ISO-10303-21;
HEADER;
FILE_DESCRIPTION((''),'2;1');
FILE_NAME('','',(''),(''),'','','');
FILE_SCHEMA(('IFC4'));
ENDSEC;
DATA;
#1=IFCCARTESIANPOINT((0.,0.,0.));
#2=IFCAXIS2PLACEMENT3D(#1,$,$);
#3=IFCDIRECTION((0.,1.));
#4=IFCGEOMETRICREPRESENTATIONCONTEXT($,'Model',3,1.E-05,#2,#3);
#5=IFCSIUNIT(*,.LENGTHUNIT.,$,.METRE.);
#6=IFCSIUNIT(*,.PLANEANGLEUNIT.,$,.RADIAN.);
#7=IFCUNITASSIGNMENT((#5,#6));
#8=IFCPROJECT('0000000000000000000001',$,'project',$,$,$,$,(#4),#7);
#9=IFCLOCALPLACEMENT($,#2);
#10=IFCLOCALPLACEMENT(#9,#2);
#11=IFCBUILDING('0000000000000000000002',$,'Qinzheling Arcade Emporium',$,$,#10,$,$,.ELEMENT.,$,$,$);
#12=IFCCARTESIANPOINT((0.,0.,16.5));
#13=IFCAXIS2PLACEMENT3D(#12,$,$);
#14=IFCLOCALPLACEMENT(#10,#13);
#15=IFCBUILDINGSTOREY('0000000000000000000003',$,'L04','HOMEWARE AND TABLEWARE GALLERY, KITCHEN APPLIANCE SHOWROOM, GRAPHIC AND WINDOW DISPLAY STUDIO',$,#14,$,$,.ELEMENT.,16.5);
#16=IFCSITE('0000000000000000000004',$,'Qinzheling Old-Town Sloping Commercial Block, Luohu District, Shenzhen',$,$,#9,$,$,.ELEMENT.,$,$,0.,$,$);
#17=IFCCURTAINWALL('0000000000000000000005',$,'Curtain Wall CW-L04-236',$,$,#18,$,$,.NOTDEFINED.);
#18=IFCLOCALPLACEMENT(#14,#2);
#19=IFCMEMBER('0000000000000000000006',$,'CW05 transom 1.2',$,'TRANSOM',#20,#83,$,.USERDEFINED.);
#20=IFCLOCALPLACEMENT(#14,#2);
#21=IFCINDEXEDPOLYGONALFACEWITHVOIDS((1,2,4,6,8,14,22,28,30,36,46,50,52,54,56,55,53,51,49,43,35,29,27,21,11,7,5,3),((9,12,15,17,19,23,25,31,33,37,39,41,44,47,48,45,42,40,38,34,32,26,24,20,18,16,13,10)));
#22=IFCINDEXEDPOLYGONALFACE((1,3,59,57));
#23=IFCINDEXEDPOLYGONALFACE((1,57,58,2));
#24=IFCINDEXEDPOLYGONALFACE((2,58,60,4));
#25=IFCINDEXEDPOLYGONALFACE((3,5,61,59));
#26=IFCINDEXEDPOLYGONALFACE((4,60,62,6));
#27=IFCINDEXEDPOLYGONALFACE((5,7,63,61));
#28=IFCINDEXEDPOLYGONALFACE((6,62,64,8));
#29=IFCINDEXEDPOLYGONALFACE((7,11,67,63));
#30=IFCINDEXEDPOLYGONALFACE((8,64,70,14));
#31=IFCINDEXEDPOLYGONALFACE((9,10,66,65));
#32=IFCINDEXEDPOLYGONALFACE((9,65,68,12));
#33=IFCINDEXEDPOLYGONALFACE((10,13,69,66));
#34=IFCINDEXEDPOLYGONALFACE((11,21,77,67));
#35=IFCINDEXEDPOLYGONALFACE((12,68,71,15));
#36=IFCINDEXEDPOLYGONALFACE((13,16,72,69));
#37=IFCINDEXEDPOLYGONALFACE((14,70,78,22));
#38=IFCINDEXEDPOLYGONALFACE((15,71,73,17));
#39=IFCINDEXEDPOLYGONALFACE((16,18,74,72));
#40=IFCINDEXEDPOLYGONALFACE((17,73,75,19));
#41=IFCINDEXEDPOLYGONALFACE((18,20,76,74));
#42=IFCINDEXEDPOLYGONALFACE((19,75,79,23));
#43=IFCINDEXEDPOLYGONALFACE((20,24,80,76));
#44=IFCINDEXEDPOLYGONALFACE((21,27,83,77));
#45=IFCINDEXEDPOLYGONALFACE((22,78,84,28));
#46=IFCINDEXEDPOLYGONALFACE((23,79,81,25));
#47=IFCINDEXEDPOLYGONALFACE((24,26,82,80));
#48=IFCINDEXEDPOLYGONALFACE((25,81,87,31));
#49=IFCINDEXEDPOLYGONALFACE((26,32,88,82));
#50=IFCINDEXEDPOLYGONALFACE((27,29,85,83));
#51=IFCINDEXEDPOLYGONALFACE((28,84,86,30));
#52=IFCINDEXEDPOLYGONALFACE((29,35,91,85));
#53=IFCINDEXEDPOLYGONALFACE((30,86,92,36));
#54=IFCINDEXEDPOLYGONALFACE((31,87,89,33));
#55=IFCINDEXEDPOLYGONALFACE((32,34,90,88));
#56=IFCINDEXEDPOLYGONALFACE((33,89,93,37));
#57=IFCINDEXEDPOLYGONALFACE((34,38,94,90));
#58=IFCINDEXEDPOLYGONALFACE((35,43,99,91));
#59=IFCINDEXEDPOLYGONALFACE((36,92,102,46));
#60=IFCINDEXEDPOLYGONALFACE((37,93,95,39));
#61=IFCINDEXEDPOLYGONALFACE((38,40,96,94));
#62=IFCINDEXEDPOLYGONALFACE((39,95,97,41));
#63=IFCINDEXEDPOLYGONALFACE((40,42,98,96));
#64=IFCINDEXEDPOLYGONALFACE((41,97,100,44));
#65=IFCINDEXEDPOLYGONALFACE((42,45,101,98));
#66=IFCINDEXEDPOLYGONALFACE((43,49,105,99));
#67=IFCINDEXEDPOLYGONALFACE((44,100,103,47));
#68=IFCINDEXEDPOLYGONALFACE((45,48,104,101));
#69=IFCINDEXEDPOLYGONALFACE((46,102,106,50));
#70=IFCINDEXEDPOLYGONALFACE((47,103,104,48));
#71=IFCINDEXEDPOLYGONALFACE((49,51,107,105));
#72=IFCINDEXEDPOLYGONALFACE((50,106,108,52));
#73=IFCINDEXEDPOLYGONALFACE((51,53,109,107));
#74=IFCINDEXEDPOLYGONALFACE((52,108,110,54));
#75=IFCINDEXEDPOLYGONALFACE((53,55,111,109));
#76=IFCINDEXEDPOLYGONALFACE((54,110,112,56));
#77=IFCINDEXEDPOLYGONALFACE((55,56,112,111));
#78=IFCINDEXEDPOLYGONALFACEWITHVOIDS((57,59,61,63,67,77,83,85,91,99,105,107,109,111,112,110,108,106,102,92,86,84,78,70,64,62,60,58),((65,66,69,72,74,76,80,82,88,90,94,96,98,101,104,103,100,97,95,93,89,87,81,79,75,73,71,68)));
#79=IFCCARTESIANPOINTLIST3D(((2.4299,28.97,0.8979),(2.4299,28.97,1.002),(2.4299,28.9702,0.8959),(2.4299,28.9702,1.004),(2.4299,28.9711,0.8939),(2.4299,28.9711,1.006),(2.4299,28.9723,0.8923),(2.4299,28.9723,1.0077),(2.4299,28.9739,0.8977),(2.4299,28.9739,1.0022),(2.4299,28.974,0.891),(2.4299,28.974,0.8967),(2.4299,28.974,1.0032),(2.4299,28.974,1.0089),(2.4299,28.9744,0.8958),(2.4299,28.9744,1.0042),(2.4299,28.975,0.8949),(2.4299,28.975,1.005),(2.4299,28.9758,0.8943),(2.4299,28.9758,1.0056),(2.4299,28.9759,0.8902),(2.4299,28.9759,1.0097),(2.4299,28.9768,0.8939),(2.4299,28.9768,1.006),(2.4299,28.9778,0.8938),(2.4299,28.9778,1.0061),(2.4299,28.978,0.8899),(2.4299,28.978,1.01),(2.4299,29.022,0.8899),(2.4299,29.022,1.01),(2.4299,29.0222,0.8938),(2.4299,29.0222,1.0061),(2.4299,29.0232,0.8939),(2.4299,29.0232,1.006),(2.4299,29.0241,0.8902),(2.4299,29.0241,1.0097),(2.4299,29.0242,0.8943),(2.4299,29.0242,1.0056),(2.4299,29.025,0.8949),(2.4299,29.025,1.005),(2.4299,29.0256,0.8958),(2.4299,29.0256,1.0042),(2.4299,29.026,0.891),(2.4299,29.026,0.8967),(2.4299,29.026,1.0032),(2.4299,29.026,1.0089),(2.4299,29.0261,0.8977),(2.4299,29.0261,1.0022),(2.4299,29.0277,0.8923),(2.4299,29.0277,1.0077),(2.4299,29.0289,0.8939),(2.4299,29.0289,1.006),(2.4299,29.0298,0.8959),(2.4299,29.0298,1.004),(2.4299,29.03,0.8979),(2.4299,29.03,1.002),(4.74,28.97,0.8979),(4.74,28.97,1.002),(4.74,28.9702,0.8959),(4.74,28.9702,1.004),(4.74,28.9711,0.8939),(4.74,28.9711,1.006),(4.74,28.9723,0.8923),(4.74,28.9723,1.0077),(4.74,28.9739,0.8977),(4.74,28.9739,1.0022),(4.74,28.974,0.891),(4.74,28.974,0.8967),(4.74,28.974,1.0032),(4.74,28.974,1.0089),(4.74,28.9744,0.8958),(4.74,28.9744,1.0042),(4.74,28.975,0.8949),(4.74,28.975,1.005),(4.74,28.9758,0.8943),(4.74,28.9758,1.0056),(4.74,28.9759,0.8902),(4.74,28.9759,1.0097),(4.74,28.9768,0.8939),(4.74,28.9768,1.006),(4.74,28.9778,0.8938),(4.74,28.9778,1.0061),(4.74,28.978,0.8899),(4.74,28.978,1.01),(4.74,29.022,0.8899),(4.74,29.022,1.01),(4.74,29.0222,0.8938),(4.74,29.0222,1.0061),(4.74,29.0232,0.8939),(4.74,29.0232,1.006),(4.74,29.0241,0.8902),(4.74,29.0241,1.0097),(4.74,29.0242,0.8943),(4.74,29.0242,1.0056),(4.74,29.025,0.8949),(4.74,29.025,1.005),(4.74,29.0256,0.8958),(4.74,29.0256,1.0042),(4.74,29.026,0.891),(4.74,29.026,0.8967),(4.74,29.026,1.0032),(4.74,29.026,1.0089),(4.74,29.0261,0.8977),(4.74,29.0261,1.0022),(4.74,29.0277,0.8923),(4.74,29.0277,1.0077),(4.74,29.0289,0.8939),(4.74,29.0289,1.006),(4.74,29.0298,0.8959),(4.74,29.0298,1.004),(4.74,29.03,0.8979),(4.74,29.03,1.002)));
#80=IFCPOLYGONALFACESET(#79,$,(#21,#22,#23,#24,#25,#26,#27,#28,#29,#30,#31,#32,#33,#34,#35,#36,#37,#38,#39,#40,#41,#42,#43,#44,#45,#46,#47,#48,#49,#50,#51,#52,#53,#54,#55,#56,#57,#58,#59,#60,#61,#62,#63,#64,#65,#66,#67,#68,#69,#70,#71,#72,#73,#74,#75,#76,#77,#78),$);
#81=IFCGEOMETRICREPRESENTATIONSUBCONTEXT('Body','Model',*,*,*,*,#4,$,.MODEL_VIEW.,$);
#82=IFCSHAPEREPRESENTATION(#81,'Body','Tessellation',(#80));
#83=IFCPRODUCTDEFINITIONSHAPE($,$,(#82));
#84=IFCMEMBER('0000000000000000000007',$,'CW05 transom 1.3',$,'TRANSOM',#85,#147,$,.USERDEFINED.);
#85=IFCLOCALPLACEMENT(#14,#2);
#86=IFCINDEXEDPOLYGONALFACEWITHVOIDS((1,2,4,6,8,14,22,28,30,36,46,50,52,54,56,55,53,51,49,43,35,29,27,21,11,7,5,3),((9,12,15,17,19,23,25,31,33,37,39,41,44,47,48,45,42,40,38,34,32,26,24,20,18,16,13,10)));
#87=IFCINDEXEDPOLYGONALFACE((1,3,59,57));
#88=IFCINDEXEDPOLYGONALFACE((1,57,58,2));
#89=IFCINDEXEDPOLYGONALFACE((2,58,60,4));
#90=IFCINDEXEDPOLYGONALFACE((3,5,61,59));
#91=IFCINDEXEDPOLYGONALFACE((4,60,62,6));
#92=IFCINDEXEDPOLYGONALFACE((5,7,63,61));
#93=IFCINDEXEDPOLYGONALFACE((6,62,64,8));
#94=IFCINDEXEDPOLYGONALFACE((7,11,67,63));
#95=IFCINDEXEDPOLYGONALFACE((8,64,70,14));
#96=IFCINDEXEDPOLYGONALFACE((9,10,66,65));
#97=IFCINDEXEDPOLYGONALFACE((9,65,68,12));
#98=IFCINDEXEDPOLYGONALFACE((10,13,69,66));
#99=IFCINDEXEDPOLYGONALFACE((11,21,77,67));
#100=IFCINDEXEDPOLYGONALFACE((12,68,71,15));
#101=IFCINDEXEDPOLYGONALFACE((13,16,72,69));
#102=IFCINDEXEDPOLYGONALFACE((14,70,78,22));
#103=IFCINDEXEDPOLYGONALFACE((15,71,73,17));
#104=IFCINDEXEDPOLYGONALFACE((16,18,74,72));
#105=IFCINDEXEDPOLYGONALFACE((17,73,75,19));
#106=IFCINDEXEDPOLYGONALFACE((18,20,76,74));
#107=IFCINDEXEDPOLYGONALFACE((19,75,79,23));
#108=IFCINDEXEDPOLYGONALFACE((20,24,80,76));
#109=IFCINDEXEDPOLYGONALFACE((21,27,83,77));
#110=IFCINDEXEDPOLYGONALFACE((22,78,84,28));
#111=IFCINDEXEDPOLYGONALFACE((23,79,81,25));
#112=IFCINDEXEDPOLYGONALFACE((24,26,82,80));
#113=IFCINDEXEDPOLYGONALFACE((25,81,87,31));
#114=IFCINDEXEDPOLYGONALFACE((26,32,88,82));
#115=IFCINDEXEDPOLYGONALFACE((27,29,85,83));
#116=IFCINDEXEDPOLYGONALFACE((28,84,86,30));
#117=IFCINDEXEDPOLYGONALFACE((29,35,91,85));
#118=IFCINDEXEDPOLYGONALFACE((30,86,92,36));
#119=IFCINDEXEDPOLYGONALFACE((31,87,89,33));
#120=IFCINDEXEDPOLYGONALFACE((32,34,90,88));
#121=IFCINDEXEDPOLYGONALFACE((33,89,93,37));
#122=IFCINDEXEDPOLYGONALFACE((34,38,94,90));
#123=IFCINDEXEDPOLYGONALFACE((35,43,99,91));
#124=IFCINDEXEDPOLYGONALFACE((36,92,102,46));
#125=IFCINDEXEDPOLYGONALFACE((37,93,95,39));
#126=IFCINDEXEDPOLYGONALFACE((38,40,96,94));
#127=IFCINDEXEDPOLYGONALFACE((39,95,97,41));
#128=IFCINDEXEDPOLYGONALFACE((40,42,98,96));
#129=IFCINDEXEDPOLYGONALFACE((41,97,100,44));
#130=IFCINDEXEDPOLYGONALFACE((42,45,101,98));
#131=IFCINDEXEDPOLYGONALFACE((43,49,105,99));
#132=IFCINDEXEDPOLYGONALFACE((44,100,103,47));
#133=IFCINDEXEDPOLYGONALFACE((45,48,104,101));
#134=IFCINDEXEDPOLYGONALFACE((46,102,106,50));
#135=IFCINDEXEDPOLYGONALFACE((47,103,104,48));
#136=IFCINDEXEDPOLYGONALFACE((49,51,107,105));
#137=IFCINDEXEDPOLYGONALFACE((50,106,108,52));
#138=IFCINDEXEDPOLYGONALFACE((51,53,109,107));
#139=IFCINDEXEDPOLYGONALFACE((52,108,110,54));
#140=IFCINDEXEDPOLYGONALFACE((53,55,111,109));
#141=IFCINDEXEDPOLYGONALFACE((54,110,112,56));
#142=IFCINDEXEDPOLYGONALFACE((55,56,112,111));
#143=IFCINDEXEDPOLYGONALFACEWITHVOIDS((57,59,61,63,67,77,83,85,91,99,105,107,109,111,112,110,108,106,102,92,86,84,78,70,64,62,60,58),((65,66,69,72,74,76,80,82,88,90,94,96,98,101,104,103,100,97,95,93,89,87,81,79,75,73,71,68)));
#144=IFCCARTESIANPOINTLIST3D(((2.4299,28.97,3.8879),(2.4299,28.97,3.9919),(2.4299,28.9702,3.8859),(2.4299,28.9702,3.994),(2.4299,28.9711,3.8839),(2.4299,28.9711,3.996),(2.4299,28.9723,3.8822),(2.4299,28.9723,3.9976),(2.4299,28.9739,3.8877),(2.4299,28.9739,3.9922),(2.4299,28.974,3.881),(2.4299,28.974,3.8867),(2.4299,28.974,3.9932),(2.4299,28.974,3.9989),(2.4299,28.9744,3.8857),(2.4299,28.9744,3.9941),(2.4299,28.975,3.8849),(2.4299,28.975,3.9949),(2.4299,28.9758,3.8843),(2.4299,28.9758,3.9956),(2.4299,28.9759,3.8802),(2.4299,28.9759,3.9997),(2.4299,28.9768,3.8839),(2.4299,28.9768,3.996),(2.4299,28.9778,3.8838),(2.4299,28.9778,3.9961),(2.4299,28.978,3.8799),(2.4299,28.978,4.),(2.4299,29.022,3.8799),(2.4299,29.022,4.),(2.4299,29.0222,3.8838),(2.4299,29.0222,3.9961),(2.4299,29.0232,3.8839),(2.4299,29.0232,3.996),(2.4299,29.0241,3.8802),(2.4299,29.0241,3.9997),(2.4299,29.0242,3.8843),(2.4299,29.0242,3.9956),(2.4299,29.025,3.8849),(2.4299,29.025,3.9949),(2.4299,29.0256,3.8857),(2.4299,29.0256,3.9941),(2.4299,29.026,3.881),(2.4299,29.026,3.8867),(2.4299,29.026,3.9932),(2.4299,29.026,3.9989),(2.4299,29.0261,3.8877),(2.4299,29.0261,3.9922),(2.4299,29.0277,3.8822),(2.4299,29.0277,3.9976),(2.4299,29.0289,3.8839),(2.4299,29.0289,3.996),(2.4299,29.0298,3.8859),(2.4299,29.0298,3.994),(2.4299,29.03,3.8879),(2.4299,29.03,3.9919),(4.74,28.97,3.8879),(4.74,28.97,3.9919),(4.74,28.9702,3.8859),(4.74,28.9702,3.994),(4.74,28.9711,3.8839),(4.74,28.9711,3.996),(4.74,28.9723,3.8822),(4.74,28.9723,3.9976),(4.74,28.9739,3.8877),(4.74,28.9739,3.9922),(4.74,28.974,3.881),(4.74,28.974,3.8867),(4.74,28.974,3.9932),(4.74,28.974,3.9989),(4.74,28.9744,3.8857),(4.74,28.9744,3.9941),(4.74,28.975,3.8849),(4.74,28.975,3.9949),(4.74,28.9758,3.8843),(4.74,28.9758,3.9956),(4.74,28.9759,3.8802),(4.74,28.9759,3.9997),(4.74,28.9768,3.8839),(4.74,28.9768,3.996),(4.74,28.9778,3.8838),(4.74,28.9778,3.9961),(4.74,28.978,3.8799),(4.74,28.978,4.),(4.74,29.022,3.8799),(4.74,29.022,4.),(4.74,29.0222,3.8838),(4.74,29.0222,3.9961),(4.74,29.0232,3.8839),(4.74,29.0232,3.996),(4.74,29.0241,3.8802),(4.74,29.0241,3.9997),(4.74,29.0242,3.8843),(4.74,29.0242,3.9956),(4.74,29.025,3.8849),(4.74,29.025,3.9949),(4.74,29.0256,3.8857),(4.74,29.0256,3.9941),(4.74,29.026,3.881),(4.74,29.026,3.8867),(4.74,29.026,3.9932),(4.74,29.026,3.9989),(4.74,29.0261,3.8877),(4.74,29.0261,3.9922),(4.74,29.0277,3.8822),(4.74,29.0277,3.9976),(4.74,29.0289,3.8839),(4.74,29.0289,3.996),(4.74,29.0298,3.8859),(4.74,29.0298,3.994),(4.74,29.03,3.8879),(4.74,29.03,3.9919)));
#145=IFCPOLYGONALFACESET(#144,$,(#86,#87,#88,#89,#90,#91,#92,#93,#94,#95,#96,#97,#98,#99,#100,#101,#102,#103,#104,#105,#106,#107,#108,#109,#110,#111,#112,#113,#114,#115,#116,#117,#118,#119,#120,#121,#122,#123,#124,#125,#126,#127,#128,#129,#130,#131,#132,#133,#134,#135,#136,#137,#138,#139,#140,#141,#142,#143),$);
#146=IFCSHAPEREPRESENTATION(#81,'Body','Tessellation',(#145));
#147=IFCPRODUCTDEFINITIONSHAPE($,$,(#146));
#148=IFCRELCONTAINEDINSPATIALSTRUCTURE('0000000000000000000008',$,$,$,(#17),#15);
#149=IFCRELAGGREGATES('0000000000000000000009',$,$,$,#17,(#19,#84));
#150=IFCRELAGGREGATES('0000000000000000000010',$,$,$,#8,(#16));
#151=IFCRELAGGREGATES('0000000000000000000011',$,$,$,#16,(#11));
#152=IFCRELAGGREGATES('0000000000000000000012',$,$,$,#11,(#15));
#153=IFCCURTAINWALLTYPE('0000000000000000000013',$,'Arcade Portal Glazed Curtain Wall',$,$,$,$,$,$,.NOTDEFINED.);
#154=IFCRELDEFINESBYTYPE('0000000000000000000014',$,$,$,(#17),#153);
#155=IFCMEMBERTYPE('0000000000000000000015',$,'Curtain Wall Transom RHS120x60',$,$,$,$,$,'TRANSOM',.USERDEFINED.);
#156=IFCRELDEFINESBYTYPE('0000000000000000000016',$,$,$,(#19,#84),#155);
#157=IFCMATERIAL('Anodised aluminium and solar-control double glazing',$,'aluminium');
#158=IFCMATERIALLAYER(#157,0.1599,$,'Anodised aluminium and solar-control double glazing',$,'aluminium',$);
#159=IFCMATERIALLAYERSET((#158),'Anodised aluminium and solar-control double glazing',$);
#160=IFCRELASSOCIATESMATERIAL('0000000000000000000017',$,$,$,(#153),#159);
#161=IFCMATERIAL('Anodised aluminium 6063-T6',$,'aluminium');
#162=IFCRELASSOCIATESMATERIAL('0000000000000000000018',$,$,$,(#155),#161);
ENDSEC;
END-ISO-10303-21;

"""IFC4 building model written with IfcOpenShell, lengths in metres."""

from ifc_helpers import new_model, si_unit, direction, frame, origin, origin_2d, place, context, subcontext, project, spatial, hollow_rectangle, extrude, material, layer, layer_set, material_profile, profile_set, type_object, element, aggregate, save


model = new_model("IFC4")

# Units and contexts
model_context = context("Model", 3, precision=1e-05, world=origin(), true_north=direction((0.0, 1.0)))
body_context = subcontext(model_context, "Body", "Model", "MODEL_VIEW")
ifc_project = project(units=[si_unit("LENGTHUNIT", "METRE"), si_unit("PLANEANGLEUNIT", "RADIAN")], contexts=[model_context])

# Site, building, storey
site_placement = place(None, origin())
site = spatial("IfcSite", under=ifc_project, at=site_placement, Name="Qinzheling Old-Town Sloping Commercial Block, Luohu District, Shenzhen", CompositionType="ELEMENT", RefElevation=0.0)
building_placement = place(site_placement, origin())
building = spatial("IfcBuilding", under=site, at=building_placement, Name="Qinzheling Arcade Emporium", CompositionType="ELEMENT")
storey_placement = place(building_placement, frame((0.0, 0.0, 16.5)))
storey = spatial("IfcBuildingStorey", under=building, at=storey_placement, Name="L04", Description="HOMEWARE AND TABLEWARE GALLERY, KITCHEN APPLIANCE SHOWROOM, GRAPHIC AND WINDOW DISPLAY STUDIO", CompositionType="ELEMENT", Elevation=16.5)

# Shared definitions
ifc_material_1 = material(Name="Anodised aluminium and solar-control double glazing", Category="aluminium")
ifc_layer_1 = layer(ifc_material_1, 0.1599, Name="Anodised aluminium and solar-control double glazing", Category="aluminium")
ifc_layer_set_1 = layer_set([ifc_layer_1], Name="Anodised aluminium and solar-control double glazing")
curtain_wall_type = type_object("IfcCurtainWallType", Name="Arcade Portal Glazed Curtain Wall", PredefinedType="NOTDEFINED", material=ifc_layer_set_1)
ifc_material_2 = material(Name="Anodised aluminium 6063-T6", Category="aluminium")

# Curtain wall
curtain_wall_1_placement = place(storey_placement, origin())
curtain_wall_1 = element("IfcCurtainWall", 1, at=curtain_wall_1_placement, inside=storey, type_object=curtain_wall_type, Name="Curtain Wall CW-L04-236", PredefinedType="NOTDEFINED")

# Members
ifc_material_profile_1 = material_profile(ifc_material_2, hollow_rectangle(XDim=0.0601, YDim=0.1201, WallThickness=0.0039, InnerFilletRadius=0.0039, OuterFilletRadius=0.0081, at=origin_2d()), Name="RHS 120x60x4", Category="aluminium")
ifc_profile_set_1 = profile_set([ifc_material_profile_1], Name="Anodised aluminium 6063-T6")
member_type_1 = type_object("IfcMemberType", Name="Curtain Wall Transom RHS120x60", ElementType="TRANSOM", PredefinedType="USERDEFINED", material=ifc_profile_set_1)
member_1_placement = place(storey_placement, frame((4.74, 29.0, 0.95), z_axis=(-1.0, 0.0, 0.0), x_axis=(0.0, -1.0, 0.0)))
member_1 = element("IfcMember", 2, at=member_1_placement, type_object=member_type_1, Name="CW05 transom 1.2", ObjectType="TRANSOM", PredefinedType="USERDEFINED", context=body_context, shape_type="SweptSolid", body=[
    extrude(hollow_rectangle(XDim=0.0601, YDim=0.1201, WallThickness=0.0039, InnerFilletRadius=0.0039, OuterFilletRadius=0.0081, at=origin_2d()), origin(), (0.0, 0.0, 1.0), 2.3101),
])
member_2_placement = place(storey_placement, frame((4.74, 29.0, 3.9399), z_axis=(-1.0, 0.0, 0.0), x_axis=(0.0, -1.0, 0.0)))
member_2 = element("IfcMember", 3, at=member_2_placement, type_object=member_type_1, Name="CW05 transom 1.3", ObjectType="TRANSOM", PredefinedType="USERDEFINED", context=body_context, shape_type="SweptSolid", body=[
    extrude(hollow_rectangle(XDim=0.0601, YDim=0.1201, WallThickness=0.0039, InnerFilletRadius=0.0039, OuterFilletRadius=0.0081, at=origin_2d()), origin(), (0.0, 0.0, 1.0), 2.3101),
])

aggregate(curtain_wall_1, [member_1, member_2])

save(model, "model.ifc")
